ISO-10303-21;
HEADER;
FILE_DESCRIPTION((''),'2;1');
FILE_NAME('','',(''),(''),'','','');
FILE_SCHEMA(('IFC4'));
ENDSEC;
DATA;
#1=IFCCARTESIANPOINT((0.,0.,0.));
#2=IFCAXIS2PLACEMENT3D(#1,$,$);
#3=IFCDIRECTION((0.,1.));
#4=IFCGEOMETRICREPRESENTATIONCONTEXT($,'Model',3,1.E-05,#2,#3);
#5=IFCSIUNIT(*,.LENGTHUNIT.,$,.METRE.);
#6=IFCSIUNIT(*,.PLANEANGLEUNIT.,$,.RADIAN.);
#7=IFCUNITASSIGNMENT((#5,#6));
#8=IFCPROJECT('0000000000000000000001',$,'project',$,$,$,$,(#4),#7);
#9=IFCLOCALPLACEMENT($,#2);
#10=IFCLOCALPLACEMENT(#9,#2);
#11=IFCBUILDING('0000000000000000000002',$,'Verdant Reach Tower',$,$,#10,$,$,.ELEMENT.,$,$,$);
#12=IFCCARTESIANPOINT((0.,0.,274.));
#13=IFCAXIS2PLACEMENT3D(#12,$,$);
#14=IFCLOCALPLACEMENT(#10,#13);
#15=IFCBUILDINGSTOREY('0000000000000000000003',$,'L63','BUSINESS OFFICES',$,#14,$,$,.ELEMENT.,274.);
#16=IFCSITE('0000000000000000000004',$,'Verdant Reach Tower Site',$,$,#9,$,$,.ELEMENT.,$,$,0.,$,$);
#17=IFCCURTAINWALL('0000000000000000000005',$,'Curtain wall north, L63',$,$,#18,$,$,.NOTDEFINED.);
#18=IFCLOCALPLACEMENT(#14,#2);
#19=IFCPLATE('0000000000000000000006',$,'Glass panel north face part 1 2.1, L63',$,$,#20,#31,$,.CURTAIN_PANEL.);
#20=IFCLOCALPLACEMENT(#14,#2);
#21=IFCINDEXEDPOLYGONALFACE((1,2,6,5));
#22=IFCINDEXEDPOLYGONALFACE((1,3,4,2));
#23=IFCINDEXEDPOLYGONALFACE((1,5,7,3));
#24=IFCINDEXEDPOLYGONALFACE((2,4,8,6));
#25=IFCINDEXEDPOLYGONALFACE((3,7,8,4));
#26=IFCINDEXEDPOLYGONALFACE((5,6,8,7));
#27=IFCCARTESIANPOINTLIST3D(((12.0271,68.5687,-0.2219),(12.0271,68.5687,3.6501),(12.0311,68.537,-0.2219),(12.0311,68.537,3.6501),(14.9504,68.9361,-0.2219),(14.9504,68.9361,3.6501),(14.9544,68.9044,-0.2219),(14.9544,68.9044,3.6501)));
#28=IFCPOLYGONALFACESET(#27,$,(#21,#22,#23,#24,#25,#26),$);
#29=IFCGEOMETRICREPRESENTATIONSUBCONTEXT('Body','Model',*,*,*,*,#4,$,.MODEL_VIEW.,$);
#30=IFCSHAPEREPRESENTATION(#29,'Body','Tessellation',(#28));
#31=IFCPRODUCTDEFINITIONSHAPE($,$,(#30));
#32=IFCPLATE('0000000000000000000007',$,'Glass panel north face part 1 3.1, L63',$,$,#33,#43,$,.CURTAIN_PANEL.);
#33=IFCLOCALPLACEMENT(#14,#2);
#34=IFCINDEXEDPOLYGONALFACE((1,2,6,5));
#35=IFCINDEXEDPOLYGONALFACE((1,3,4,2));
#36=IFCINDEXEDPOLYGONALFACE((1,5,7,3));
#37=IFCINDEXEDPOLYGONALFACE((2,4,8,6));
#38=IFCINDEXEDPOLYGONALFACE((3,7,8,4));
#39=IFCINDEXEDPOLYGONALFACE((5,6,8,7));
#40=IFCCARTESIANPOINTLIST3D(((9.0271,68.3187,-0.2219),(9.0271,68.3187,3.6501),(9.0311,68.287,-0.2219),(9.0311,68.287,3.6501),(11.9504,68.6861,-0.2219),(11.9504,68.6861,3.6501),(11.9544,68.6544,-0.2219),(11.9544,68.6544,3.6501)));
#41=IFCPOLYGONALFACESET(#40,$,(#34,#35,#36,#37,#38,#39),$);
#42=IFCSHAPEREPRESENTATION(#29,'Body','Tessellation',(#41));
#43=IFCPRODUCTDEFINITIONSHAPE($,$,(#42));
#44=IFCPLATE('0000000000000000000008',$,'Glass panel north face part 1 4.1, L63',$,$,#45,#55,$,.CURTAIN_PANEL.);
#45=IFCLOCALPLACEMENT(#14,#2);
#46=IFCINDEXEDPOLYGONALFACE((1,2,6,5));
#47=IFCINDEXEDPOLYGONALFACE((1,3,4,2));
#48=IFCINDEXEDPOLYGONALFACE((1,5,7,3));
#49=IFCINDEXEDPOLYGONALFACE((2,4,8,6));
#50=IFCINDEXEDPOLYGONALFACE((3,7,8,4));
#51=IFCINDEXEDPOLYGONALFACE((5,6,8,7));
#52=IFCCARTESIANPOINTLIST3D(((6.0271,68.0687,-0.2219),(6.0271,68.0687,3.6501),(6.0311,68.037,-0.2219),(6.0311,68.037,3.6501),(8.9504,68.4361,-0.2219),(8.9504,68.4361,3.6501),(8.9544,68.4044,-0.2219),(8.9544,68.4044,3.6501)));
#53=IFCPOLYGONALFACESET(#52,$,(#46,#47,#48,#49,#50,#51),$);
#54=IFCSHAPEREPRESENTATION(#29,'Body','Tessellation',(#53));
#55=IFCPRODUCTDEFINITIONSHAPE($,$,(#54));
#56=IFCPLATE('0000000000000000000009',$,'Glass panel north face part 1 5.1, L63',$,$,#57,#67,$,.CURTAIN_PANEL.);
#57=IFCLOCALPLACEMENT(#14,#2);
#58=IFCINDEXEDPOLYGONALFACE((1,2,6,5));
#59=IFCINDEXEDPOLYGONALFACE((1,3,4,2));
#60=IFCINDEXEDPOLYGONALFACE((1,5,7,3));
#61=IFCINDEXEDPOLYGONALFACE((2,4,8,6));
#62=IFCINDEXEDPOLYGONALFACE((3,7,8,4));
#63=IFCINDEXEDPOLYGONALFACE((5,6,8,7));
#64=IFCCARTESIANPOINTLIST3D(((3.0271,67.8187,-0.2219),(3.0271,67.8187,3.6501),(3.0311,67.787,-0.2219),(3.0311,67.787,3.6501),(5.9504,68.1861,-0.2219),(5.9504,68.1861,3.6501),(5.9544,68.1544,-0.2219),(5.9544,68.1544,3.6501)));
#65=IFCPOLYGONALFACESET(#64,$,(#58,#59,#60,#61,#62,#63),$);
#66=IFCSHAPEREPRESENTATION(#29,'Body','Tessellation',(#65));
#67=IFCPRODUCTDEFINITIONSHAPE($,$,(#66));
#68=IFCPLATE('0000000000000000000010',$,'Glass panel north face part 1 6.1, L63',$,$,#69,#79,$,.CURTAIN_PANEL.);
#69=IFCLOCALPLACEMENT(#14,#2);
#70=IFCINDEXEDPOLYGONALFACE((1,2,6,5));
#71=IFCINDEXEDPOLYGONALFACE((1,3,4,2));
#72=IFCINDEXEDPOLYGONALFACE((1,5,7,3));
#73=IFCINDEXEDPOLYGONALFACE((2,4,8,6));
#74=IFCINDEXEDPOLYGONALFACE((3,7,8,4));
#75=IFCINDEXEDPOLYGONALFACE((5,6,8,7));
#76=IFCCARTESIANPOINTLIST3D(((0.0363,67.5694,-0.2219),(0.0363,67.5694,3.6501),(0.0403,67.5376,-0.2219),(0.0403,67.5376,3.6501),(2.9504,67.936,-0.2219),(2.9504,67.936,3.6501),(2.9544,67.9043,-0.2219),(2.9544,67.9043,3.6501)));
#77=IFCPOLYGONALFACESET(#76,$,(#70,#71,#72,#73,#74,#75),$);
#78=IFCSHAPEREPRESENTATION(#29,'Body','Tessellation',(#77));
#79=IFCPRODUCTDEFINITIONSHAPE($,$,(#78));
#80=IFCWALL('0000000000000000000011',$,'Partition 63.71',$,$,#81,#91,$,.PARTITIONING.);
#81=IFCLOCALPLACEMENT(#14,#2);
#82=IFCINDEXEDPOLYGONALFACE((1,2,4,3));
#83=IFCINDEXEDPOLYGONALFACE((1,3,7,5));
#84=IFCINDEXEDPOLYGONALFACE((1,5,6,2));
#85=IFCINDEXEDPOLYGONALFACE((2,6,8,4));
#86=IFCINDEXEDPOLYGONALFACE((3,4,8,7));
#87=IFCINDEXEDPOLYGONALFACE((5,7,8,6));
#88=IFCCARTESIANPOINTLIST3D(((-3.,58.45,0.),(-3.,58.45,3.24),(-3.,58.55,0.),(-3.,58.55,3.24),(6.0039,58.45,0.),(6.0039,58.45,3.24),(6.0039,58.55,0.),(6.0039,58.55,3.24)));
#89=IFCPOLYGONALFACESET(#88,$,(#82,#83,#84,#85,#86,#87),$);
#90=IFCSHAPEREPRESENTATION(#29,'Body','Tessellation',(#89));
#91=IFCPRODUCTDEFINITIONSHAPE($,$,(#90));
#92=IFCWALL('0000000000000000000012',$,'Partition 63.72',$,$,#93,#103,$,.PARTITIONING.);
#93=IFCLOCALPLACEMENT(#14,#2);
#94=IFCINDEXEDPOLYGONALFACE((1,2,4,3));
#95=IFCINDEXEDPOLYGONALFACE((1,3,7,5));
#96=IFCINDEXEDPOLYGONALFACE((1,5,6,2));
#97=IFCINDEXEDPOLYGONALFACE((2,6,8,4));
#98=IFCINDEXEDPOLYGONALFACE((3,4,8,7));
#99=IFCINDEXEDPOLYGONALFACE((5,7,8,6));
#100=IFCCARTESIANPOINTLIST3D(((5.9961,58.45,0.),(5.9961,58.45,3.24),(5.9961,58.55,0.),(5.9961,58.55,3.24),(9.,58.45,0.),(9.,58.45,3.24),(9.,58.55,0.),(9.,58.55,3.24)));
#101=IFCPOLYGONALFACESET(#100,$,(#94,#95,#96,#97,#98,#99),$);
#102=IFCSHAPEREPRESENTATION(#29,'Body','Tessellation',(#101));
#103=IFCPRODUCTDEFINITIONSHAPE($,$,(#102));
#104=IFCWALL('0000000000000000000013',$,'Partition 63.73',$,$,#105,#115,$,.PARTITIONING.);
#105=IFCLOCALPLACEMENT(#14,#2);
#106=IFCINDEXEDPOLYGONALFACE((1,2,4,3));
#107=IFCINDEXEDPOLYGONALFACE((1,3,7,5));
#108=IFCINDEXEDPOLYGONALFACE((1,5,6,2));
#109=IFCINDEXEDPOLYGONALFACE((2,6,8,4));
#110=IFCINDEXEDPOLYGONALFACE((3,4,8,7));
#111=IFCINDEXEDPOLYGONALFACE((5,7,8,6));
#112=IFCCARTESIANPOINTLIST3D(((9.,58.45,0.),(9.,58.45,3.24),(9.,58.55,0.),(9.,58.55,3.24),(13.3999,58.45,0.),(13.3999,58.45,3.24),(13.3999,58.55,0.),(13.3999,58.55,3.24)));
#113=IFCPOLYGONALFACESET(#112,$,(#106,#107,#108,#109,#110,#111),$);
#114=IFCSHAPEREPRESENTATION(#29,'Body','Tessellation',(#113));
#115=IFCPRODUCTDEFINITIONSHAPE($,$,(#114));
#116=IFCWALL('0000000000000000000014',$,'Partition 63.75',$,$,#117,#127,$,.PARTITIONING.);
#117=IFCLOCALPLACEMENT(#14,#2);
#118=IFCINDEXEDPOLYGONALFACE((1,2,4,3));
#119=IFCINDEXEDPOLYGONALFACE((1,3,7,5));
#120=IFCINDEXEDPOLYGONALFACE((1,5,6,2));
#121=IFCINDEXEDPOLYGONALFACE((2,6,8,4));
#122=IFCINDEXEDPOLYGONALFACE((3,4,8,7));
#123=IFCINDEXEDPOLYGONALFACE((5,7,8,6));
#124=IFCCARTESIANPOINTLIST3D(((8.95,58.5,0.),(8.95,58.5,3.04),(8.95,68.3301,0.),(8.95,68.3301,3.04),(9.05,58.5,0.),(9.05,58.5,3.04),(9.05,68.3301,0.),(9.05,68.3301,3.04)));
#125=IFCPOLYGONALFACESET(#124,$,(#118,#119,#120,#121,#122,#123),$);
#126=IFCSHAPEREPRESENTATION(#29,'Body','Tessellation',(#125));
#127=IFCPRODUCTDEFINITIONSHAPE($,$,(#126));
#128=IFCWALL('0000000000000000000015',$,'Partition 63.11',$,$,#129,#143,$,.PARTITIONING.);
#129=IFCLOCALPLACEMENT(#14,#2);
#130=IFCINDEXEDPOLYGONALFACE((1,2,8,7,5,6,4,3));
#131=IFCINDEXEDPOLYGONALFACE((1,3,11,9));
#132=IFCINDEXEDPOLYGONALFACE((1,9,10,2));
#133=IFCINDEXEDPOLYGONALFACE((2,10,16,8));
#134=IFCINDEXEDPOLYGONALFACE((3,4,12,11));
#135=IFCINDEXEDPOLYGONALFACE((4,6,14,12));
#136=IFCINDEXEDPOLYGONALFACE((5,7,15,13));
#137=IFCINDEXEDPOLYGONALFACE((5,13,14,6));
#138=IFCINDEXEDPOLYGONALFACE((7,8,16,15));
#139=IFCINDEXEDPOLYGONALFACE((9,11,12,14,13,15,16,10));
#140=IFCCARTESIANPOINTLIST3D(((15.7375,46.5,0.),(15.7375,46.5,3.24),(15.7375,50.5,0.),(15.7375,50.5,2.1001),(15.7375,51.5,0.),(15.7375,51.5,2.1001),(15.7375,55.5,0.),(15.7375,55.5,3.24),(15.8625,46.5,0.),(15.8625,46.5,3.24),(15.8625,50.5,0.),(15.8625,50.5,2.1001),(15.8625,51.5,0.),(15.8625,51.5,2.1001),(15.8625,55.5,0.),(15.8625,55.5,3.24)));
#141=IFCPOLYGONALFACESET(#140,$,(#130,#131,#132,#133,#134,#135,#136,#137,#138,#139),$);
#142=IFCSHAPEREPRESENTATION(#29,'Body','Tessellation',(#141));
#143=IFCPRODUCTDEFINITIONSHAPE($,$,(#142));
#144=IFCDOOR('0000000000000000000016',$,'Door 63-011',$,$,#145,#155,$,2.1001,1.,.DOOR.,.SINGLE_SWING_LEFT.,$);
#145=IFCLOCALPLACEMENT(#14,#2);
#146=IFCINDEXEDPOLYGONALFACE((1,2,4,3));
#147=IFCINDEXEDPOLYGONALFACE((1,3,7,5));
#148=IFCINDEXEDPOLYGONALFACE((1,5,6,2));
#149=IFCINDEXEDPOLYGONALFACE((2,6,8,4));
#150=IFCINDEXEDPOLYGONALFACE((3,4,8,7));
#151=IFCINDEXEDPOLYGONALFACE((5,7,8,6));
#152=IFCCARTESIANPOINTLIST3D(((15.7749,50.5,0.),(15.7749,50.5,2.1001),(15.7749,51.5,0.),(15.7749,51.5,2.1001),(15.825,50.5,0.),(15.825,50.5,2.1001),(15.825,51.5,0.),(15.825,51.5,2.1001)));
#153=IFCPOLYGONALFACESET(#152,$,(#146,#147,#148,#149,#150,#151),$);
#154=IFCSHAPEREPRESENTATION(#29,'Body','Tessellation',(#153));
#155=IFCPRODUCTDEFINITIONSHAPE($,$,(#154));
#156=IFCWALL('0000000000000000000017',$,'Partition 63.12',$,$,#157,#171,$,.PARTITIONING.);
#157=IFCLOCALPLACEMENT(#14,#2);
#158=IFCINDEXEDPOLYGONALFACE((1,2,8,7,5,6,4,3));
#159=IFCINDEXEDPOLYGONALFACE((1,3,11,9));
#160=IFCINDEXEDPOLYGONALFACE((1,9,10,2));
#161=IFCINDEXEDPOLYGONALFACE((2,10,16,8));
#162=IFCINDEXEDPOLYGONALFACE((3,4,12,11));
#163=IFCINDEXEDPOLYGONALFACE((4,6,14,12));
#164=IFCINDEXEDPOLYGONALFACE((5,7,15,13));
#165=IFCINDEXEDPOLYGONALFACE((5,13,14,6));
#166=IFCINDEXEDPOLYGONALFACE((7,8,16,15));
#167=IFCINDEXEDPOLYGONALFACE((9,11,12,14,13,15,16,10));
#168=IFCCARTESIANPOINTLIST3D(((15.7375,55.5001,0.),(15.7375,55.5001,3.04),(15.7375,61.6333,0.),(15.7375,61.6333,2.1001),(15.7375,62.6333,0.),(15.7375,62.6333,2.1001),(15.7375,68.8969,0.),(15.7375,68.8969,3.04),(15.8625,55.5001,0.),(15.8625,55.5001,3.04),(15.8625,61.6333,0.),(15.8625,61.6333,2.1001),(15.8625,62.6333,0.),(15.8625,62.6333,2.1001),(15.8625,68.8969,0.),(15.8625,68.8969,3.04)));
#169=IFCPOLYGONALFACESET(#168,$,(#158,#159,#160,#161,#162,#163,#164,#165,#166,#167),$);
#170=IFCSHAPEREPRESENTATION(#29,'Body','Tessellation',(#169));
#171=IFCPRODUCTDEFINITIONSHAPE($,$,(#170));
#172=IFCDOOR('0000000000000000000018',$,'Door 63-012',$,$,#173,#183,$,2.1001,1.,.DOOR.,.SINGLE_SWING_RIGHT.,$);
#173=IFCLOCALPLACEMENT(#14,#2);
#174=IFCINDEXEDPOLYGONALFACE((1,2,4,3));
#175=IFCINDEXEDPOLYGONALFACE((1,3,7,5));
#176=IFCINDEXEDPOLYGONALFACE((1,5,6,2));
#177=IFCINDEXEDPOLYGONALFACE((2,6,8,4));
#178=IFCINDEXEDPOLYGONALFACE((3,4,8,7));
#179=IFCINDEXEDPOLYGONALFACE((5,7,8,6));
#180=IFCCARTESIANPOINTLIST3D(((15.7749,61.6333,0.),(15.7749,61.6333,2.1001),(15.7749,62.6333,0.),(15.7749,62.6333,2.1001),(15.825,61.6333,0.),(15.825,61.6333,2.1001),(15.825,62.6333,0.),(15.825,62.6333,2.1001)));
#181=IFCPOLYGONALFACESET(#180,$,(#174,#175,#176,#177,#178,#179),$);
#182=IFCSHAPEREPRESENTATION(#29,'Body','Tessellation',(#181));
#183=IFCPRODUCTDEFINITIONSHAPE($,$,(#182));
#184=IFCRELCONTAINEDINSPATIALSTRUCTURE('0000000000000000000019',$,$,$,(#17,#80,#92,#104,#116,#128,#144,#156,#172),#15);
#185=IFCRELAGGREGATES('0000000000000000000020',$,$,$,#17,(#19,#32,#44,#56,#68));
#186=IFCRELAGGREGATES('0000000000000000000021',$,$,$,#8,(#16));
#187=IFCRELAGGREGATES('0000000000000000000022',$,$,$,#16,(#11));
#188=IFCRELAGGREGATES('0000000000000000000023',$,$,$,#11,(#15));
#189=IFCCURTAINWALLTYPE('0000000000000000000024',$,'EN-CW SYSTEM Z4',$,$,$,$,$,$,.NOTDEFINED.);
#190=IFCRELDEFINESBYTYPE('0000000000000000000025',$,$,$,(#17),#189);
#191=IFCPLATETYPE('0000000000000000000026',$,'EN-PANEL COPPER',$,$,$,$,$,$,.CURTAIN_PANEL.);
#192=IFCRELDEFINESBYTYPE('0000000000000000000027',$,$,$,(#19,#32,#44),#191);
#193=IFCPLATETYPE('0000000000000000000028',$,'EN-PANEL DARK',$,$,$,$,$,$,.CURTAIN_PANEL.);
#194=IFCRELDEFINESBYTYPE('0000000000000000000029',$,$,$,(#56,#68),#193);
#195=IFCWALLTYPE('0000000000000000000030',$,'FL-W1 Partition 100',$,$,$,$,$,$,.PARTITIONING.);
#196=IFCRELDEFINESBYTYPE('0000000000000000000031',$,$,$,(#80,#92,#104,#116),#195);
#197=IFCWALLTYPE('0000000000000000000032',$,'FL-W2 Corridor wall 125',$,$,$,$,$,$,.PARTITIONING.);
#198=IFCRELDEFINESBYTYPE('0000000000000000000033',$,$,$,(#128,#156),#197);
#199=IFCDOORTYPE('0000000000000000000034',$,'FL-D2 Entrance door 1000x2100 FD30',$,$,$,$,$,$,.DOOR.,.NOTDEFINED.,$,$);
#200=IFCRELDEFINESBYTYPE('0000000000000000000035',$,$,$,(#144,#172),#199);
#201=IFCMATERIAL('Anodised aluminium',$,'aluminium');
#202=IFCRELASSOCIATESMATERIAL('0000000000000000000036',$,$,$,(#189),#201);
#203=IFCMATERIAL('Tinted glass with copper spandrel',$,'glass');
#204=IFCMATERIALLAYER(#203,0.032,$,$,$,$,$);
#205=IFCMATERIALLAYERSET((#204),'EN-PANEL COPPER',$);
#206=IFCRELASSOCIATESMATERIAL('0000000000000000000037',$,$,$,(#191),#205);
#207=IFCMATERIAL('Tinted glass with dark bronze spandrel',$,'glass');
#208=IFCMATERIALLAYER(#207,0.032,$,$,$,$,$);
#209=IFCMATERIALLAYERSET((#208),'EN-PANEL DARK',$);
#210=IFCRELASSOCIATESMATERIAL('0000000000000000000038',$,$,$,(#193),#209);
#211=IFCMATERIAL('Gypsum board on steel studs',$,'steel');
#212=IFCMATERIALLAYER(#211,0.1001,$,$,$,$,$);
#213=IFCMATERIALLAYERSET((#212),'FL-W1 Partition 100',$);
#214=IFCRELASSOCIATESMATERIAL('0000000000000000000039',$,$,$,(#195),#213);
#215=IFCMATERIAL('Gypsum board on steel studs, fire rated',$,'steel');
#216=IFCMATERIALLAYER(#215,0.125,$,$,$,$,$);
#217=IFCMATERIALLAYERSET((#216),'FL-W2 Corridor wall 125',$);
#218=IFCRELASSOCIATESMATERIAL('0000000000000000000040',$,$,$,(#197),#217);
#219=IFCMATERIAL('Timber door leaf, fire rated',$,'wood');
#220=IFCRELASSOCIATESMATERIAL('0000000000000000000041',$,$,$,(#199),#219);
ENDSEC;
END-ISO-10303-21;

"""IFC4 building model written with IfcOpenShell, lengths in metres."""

from ifc_helpers import new_model, si_unit, direction, frame, frame_2d, origin, origin_2d, place, context, subcontext, project, spatial, rectangle, extrude, material, layer, layer_set, type_object, element, fill, aggregate, save


model = new_model("IFC4")

# Units and contexts
model_context = context("Model", 3, precision=1e-05, world=origin(), true_north=direction((0.0, 1.0)))
body_context = subcontext(model_context, "Body", "Model", "MODEL_VIEW")
ifc_project = project(units=[si_unit("LENGTHUNIT", "METRE"), si_unit("PLANEANGLEUNIT", "RADIAN")], contexts=[model_context])

# Site, building, storey
site_placement = place(None, origin())
site = spatial("IfcSite", under=ifc_project, at=site_placement, Name="Verdant Reach Tower Site", CompositionType="ELEMENT", RefElevation=0.0)
building_placement = place(site_placement, origin())
building = spatial("IfcBuilding", under=site, at=building_placement, Name="Verdant Reach Tower", CompositionType="ELEMENT")
storey_placement = place(building_placement, frame((0.0, 0.0, 274.0)))
storey = spatial("IfcBuildingStorey", under=building, at=storey_placement, Name="L63", Description="BUSINESS OFFICES", CompositionType="ELEMENT", Elevation=274.0)

# Curtain wall
ifc_material_1 = material(Name="Anodised aluminium", Category="aluminium")
curtain_wall_type = type_object("IfcCurtainWallType", Name="EN-CW SYSTEM Z4", PredefinedType="NOTDEFINED", material=ifc_material_1)
curtain_wall_placement = place(storey_placement, origin())
curtain_wall = element("IfcCurtainWall", 1, at=curtain_wall_placement, inside=storey, type_object=curtain_wall_type, Name="Curtain wall north, L63", PredefinedType="NOTDEFINED")

# Plates
ifc_material_2 = material(Name="Tinted glass with copper spandrel", Category="glass")
ifc_layer_1 = layer(ifc_material_2, 0.032)
ifc_layer_set_1 = layer_set([ifc_layer_1], Name="EN-PANEL COPPER")
plate_type_1 = type_object("IfcPlateType", Name="EN-PANEL COPPER", PredefinedType="CURTAIN_PANEL", material=ifc_layer_set_1)
plate_1_placement = place(storey_placement, frame((13.4907, 68.7366, -0.2219), z_axis=(0.0, 0.0, 1.0), x_axis=(-0.992194, -0.124704, 0.0)))
plate_1 = element("IfcPlate", 2, at=plate_1_placement, type_object=plate_type_1, Name="Glass panel north face part 1 2.1, L63", PredefinedType="CURTAIN_PANEL", context=body_context, shape_type="SweptSolid", body=[
    extrude(rectangle(XDim=2.9463, YDim=0.032, at=origin_2d()), origin(), (0.0, 0.0, 1.0), 3.8721),
])
plate_2_placement = place(storey_placement, frame((10.4907, 68.4866, -0.2219), z_axis=(0.0, 0.0, 1.0), x_axis=(-0.992194, -0.124704, 0.0)))
plate_2 = element("IfcPlate", 3, at=plate_2_placement, type_object=plate_type_1, Name="Glass panel north face part 1 3.1, L63", PredefinedType="CURTAIN_PANEL", context=body_context, shape_type="SweptSolid", body=[
    extrude(rectangle(XDim=2.9463, YDim=0.032, at=origin_2d()), origin(), (0.0, 0.0, 1.0), 3.8721),
])
plate_3_placement = place(storey_placement, frame((7.4907, 68.2366, -0.2219), z_axis=(0.0, 0.0, 1.0), x_axis=(-0.992194, -0.124704, 0.0)))
plate_3 = element("IfcPlate", 4, at=plate_3_placement, type_object=plate_type_1, Name="Glass panel north face part 1 4.1, L63", PredefinedType="CURTAIN_PANEL", context=body_context, shape_type="SweptSolid", body=[
    extrude(rectangle(XDim=2.9463, YDim=0.032, at=origin_2d()), origin(), (0.0, 0.0, 1.0), 3.8721),
])
ifc_material_3 = material(Name="Tinted glass with dark bronze spandrel", Category="glass")
ifc_layer_2 = layer(ifc_material_3, 0.032)
ifc_layer_set_2 = layer_set([ifc_layer_2], Name="EN-PANEL DARK")
plate_type_2 = type_object("IfcPlateType", Name="EN-PANEL DARK", PredefinedType="CURTAIN_PANEL", material=ifc_layer_set_2)
plate_4_placement = place(storey_placement, frame((4.4907, 67.9866, -0.2219), z_axis=(0.0, 0.0, 1.0), x_axis=(-0.992194, -0.124704, 0.0)))
plate_4 = element("IfcPlate", 5, at=plate_4_placement, type_object=plate_type_2, Name="Glass panel north face part 1 5.1, L63", PredefinedType="CURTAIN_PANEL", context=body_context, shape_type="SweptSolid", body=[
    extrude(rectangle(XDim=2.9463, YDim=0.032, at=origin_2d()), origin(), (0.0, 0.0, 1.0), 3.8721),
])
plate_5_placement = place(storey_placement, frame((1.4954, 67.7368, -0.2219), z_axis=(0.0, 0.0, 1.0), x_axis=(-0.992178, -0.124832, 0.0)))
plate_5 = element("IfcPlate", 6, at=plate_5_placement, type_object=plate_type_2, Name="Glass panel north face part 1 6.1, L63", PredefinedType="CURTAIN_PANEL", context=body_context, shape_type="SweptSolid", body=[
    extrude(rectangle(XDim=2.937, YDim=0.032, at=origin_2d()), origin(), (0.0, 0.0, 1.0), 3.8721),
])
aggregate(curtain_wall, [plate_1, plate_2, plate_3, plate_4, plate_5])

# Walls
ifc_material_4 = material(Name="Gypsum board on steel studs", Category="steel")
ifc_layer_3 = layer(ifc_material_4, 0.1001)
ifc_layer_set_3 = layer_set([ifc_layer_3], Name="FL-W1 Partition 100")
wall_type_1 = type_object("IfcWallType", Name="FL-W1 Partition 100", PredefinedType="PARTITIONING", material=ifc_layer_set_3)
wall_1_placement = place(storey_placement, frame((6.0039, 58.5, 0.0), z_axis=(0.0, 0.0, 1.0), x_axis=(-1.0, 0.0, 0.0)))
element("IfcWall", 7, at=wall_1_placement, inside=storey, type_object=wall_type_1, Name="Partition 63.71", PredefinedType="PARTITIONING", context=body_context, shape_type="SweptSolid", body=[
    extrude(rectangle(XDim=9.0039, YDim=0.1001, at=frame_2d((4.502, 0.0))), origin(), (0.0, 0.0, 1.0), 3.24),
])
wall_2_placement = place(storey_placement, frame((9.0, 58.5, 0.0), z_axis=(0.0, 0.0, 1.0), x_axis=(-1.0, 0.0, 0.0)))
element("IfcWall", 8, at=wall_2_placement, inside=storey, type_object=wall_type_1, Name="Partition 63.72", PredefinedType="PARTITIONING", context=body_context, shape_type="SweptSolid", body=[
    extrude(rectangle(XDim=3.0039, YDim=0.1001, at=frame_2d((1.502, 0.0))), origin(), (0.0, 0.0, 1.0), 3.24),
])
wall_3_placement = place(storey_placement, frame((13.3999, 58.5, 0.0), z_axis=(0.0, 0.0, 1.0), x_axis=(-1.0, 0.0, 0.0)))
element("IfcWall", 9, at=wall_3_placement, inside=storey, type_object=wall_type_1, Name="Partition 63.73", PredefinedType="PARTITIONING", context=body_context, shape_type="SweptSolid", body=[
    extrude(rectangle(XDim=4.3999, YDim=0.1001, at=frame_2d((2.2, 0.0))), origin(), (0.0, 0.0, 1.0), 3.24),
])
wall_4_placement = place(storey_placement, frame((9.0, 58.5, 0.0), z_axis=(0.0, 0.0, 1.0), x_axis=(0.0, 1.0, 0.0)))
element("IfcWall", 10, at=wall_4_placement, inside=storey, type_object=wall_type_1, Name="Partition 63.75", PredefinedType="PARTITIONING", context=body_context, shape_type="SweptSolid", body=[
    extrude(rectangle(XDim=9.8301, YDim=0.1001, at=frame_2d((4.915, 0.0))), origin(), (0.0, 0.0, 1.0), 3.04),
])

# Walls, openings, doors
ifc_material_5 = material(Name="Gypsum board on steel studs, fire rated", Category="steel")
ifc_layer_4 = layer(ifc_material_5, 0.125)
ifc_layer_set_4 = layer_set([ifc_layer_4], Name="FL-W2 Corridor wall 125")
wall_type_2 = type_object("IfcWallType", Name="FL-W2 Corridor wall 125", PredefinedType="PARTITIONING", material=ifc_layer_set_4)
wall_5_placement = place(storey_placement, frame((15.8, 55.5, 0.0), z_axis=(0.0, 0.0, 1.0), x_axis=(0.0, -1.0, 0.0)))
wall_5 = element("IfcWall", 11, at=wall_5_placement, inside=storey, type_object=wall_type_2, Name="Partition 63.11", PredefinedType="PARTITIONING", context=body_context, shape_type="SweptSolid", body=[
    extrude(rectangle(XDim=9.0, YDim=0.125, at=frame_2d((4.5, 0.0))), origin(), (0.0, 0.0, 1.0), 3.24),
])
opening_1_placement = place(wall_5_placement, frame((4.0, 0.0, 0.0)))
opening_1 = element("IfcOpeningElement", 12, at=opening_1_placement, cuts=wall_5, PredefinedType="OPENING", context=body_context, shape_type="SweptSolid", body=[
    extrude(rectangle(XDim=1.0, YDim=2.1001, at=frame_2d((0.5, 1.05))), frame((0.0, 0.0725, 0.0), z_axis=(0.0, -1.0, 0.0), x_axis=(1.0, 0.0, 0.0)), (0.0, 0.0, 1.0), 0.145),
])
ifc_material_6 = material(Name="Timber door leaf, fire rated", Category="wood")
door_type = type_object("IfcDoorType", Name="FL-D2 Entrance door 1000x2100 FD30", OperationType="NOTDEFINED", PredefinedType="DOOR", material=ifc_material_6)
door_1_placement = place(opening_1_placement, origin())
door_1 = element("IfcDoor", 13, at=door_1_placement, inside=storey, type_object=door_type, Name="Door 63-011", OperationType="SINGLE_SWING_LEFT", OverallHeight=2.1001, OverallWidth=1.0, PredefinedType="DOOR", context=body_context, shape_type="SweptSolid", body=[
    extrude(rectangle(XDim=1.0, YDim=2.1001, at=frame_2d((0.5, 1.05))), frame((0.0, 0.0249, 0.0), z_axis=(0.0, -1.0, 0.0), x_axis=(1.0, 0.0, 0.0)), (0.0, 0.0, 1.0), 0.05),
])
fill(opening_1, door_1)
wall_6_placement = place(storey_placement, frame((15.8, 68.8967, 0.0), z_axis=(0.0, 0.0, 1.0), x_axis=(0.0, -1.0, 0.0)))
wall_6 = element("IfcWall", 14, at=wall_6_placement, inside=storey, type_object=wall_type_2, Name="Partition 63.12", PredefinedType="PARTITIONING", context=body_context, shape_type="SweptSolid", body=[
    extrude(rectangle(XDim=13.3967, YDim=0.125, at=frame_2d((6.6982, 0.0))), origin(), (0.0, 0.0, 1.0), 3.04),
])
opening_2_placement = place(wall_6_placement, frame((6.2634, 0.0, 0.0)))
opening_2 = element("IfcOpeningElement", 15, at=opening_2_placement, cuts=wall_6, PredefinedType="OPENING", context=body_context, shape_type="SweptSolid", body=[
    extrude(rectangle(XDim=1.0, YDim=2.1001, at=frame_2d((0.5, 1.05))), frame((0.0, 0.0725, 0.0), z_axis=(0.0, -1.0, 0.0), x_axis=(1.0, 0.0, 0.0)), (0.0, 0.0, 1.0), 0.145),
])
door_2_placement = place(opening_2_placement, origin())
door_2 = element("IfcDoor", 16, at=door_2_placement, inside=storey, type_object=door_type, Name="Door 63-012", OperationType="SINGLE_SWING_RIGHT", OverallHeight=2.1001, OverallWidth=1.0, PredefinedType="DOOR", context=body_context, shape_type="SweptSolid", body=[
    extrude(rectangle(XDim=1.0, YDim=2.1001, at=frame_2d((0.5, 1.05))), frame((0.0, 0.0249, 0.0), z_axis=(0.0, -1.0, 0.0), x_axis=(1.0, 0.0, 0.0)), (0.0, 0.0, 1.0), 0.05),
])
fill(opening_2, door_2)

save(model, "model.ifc")
